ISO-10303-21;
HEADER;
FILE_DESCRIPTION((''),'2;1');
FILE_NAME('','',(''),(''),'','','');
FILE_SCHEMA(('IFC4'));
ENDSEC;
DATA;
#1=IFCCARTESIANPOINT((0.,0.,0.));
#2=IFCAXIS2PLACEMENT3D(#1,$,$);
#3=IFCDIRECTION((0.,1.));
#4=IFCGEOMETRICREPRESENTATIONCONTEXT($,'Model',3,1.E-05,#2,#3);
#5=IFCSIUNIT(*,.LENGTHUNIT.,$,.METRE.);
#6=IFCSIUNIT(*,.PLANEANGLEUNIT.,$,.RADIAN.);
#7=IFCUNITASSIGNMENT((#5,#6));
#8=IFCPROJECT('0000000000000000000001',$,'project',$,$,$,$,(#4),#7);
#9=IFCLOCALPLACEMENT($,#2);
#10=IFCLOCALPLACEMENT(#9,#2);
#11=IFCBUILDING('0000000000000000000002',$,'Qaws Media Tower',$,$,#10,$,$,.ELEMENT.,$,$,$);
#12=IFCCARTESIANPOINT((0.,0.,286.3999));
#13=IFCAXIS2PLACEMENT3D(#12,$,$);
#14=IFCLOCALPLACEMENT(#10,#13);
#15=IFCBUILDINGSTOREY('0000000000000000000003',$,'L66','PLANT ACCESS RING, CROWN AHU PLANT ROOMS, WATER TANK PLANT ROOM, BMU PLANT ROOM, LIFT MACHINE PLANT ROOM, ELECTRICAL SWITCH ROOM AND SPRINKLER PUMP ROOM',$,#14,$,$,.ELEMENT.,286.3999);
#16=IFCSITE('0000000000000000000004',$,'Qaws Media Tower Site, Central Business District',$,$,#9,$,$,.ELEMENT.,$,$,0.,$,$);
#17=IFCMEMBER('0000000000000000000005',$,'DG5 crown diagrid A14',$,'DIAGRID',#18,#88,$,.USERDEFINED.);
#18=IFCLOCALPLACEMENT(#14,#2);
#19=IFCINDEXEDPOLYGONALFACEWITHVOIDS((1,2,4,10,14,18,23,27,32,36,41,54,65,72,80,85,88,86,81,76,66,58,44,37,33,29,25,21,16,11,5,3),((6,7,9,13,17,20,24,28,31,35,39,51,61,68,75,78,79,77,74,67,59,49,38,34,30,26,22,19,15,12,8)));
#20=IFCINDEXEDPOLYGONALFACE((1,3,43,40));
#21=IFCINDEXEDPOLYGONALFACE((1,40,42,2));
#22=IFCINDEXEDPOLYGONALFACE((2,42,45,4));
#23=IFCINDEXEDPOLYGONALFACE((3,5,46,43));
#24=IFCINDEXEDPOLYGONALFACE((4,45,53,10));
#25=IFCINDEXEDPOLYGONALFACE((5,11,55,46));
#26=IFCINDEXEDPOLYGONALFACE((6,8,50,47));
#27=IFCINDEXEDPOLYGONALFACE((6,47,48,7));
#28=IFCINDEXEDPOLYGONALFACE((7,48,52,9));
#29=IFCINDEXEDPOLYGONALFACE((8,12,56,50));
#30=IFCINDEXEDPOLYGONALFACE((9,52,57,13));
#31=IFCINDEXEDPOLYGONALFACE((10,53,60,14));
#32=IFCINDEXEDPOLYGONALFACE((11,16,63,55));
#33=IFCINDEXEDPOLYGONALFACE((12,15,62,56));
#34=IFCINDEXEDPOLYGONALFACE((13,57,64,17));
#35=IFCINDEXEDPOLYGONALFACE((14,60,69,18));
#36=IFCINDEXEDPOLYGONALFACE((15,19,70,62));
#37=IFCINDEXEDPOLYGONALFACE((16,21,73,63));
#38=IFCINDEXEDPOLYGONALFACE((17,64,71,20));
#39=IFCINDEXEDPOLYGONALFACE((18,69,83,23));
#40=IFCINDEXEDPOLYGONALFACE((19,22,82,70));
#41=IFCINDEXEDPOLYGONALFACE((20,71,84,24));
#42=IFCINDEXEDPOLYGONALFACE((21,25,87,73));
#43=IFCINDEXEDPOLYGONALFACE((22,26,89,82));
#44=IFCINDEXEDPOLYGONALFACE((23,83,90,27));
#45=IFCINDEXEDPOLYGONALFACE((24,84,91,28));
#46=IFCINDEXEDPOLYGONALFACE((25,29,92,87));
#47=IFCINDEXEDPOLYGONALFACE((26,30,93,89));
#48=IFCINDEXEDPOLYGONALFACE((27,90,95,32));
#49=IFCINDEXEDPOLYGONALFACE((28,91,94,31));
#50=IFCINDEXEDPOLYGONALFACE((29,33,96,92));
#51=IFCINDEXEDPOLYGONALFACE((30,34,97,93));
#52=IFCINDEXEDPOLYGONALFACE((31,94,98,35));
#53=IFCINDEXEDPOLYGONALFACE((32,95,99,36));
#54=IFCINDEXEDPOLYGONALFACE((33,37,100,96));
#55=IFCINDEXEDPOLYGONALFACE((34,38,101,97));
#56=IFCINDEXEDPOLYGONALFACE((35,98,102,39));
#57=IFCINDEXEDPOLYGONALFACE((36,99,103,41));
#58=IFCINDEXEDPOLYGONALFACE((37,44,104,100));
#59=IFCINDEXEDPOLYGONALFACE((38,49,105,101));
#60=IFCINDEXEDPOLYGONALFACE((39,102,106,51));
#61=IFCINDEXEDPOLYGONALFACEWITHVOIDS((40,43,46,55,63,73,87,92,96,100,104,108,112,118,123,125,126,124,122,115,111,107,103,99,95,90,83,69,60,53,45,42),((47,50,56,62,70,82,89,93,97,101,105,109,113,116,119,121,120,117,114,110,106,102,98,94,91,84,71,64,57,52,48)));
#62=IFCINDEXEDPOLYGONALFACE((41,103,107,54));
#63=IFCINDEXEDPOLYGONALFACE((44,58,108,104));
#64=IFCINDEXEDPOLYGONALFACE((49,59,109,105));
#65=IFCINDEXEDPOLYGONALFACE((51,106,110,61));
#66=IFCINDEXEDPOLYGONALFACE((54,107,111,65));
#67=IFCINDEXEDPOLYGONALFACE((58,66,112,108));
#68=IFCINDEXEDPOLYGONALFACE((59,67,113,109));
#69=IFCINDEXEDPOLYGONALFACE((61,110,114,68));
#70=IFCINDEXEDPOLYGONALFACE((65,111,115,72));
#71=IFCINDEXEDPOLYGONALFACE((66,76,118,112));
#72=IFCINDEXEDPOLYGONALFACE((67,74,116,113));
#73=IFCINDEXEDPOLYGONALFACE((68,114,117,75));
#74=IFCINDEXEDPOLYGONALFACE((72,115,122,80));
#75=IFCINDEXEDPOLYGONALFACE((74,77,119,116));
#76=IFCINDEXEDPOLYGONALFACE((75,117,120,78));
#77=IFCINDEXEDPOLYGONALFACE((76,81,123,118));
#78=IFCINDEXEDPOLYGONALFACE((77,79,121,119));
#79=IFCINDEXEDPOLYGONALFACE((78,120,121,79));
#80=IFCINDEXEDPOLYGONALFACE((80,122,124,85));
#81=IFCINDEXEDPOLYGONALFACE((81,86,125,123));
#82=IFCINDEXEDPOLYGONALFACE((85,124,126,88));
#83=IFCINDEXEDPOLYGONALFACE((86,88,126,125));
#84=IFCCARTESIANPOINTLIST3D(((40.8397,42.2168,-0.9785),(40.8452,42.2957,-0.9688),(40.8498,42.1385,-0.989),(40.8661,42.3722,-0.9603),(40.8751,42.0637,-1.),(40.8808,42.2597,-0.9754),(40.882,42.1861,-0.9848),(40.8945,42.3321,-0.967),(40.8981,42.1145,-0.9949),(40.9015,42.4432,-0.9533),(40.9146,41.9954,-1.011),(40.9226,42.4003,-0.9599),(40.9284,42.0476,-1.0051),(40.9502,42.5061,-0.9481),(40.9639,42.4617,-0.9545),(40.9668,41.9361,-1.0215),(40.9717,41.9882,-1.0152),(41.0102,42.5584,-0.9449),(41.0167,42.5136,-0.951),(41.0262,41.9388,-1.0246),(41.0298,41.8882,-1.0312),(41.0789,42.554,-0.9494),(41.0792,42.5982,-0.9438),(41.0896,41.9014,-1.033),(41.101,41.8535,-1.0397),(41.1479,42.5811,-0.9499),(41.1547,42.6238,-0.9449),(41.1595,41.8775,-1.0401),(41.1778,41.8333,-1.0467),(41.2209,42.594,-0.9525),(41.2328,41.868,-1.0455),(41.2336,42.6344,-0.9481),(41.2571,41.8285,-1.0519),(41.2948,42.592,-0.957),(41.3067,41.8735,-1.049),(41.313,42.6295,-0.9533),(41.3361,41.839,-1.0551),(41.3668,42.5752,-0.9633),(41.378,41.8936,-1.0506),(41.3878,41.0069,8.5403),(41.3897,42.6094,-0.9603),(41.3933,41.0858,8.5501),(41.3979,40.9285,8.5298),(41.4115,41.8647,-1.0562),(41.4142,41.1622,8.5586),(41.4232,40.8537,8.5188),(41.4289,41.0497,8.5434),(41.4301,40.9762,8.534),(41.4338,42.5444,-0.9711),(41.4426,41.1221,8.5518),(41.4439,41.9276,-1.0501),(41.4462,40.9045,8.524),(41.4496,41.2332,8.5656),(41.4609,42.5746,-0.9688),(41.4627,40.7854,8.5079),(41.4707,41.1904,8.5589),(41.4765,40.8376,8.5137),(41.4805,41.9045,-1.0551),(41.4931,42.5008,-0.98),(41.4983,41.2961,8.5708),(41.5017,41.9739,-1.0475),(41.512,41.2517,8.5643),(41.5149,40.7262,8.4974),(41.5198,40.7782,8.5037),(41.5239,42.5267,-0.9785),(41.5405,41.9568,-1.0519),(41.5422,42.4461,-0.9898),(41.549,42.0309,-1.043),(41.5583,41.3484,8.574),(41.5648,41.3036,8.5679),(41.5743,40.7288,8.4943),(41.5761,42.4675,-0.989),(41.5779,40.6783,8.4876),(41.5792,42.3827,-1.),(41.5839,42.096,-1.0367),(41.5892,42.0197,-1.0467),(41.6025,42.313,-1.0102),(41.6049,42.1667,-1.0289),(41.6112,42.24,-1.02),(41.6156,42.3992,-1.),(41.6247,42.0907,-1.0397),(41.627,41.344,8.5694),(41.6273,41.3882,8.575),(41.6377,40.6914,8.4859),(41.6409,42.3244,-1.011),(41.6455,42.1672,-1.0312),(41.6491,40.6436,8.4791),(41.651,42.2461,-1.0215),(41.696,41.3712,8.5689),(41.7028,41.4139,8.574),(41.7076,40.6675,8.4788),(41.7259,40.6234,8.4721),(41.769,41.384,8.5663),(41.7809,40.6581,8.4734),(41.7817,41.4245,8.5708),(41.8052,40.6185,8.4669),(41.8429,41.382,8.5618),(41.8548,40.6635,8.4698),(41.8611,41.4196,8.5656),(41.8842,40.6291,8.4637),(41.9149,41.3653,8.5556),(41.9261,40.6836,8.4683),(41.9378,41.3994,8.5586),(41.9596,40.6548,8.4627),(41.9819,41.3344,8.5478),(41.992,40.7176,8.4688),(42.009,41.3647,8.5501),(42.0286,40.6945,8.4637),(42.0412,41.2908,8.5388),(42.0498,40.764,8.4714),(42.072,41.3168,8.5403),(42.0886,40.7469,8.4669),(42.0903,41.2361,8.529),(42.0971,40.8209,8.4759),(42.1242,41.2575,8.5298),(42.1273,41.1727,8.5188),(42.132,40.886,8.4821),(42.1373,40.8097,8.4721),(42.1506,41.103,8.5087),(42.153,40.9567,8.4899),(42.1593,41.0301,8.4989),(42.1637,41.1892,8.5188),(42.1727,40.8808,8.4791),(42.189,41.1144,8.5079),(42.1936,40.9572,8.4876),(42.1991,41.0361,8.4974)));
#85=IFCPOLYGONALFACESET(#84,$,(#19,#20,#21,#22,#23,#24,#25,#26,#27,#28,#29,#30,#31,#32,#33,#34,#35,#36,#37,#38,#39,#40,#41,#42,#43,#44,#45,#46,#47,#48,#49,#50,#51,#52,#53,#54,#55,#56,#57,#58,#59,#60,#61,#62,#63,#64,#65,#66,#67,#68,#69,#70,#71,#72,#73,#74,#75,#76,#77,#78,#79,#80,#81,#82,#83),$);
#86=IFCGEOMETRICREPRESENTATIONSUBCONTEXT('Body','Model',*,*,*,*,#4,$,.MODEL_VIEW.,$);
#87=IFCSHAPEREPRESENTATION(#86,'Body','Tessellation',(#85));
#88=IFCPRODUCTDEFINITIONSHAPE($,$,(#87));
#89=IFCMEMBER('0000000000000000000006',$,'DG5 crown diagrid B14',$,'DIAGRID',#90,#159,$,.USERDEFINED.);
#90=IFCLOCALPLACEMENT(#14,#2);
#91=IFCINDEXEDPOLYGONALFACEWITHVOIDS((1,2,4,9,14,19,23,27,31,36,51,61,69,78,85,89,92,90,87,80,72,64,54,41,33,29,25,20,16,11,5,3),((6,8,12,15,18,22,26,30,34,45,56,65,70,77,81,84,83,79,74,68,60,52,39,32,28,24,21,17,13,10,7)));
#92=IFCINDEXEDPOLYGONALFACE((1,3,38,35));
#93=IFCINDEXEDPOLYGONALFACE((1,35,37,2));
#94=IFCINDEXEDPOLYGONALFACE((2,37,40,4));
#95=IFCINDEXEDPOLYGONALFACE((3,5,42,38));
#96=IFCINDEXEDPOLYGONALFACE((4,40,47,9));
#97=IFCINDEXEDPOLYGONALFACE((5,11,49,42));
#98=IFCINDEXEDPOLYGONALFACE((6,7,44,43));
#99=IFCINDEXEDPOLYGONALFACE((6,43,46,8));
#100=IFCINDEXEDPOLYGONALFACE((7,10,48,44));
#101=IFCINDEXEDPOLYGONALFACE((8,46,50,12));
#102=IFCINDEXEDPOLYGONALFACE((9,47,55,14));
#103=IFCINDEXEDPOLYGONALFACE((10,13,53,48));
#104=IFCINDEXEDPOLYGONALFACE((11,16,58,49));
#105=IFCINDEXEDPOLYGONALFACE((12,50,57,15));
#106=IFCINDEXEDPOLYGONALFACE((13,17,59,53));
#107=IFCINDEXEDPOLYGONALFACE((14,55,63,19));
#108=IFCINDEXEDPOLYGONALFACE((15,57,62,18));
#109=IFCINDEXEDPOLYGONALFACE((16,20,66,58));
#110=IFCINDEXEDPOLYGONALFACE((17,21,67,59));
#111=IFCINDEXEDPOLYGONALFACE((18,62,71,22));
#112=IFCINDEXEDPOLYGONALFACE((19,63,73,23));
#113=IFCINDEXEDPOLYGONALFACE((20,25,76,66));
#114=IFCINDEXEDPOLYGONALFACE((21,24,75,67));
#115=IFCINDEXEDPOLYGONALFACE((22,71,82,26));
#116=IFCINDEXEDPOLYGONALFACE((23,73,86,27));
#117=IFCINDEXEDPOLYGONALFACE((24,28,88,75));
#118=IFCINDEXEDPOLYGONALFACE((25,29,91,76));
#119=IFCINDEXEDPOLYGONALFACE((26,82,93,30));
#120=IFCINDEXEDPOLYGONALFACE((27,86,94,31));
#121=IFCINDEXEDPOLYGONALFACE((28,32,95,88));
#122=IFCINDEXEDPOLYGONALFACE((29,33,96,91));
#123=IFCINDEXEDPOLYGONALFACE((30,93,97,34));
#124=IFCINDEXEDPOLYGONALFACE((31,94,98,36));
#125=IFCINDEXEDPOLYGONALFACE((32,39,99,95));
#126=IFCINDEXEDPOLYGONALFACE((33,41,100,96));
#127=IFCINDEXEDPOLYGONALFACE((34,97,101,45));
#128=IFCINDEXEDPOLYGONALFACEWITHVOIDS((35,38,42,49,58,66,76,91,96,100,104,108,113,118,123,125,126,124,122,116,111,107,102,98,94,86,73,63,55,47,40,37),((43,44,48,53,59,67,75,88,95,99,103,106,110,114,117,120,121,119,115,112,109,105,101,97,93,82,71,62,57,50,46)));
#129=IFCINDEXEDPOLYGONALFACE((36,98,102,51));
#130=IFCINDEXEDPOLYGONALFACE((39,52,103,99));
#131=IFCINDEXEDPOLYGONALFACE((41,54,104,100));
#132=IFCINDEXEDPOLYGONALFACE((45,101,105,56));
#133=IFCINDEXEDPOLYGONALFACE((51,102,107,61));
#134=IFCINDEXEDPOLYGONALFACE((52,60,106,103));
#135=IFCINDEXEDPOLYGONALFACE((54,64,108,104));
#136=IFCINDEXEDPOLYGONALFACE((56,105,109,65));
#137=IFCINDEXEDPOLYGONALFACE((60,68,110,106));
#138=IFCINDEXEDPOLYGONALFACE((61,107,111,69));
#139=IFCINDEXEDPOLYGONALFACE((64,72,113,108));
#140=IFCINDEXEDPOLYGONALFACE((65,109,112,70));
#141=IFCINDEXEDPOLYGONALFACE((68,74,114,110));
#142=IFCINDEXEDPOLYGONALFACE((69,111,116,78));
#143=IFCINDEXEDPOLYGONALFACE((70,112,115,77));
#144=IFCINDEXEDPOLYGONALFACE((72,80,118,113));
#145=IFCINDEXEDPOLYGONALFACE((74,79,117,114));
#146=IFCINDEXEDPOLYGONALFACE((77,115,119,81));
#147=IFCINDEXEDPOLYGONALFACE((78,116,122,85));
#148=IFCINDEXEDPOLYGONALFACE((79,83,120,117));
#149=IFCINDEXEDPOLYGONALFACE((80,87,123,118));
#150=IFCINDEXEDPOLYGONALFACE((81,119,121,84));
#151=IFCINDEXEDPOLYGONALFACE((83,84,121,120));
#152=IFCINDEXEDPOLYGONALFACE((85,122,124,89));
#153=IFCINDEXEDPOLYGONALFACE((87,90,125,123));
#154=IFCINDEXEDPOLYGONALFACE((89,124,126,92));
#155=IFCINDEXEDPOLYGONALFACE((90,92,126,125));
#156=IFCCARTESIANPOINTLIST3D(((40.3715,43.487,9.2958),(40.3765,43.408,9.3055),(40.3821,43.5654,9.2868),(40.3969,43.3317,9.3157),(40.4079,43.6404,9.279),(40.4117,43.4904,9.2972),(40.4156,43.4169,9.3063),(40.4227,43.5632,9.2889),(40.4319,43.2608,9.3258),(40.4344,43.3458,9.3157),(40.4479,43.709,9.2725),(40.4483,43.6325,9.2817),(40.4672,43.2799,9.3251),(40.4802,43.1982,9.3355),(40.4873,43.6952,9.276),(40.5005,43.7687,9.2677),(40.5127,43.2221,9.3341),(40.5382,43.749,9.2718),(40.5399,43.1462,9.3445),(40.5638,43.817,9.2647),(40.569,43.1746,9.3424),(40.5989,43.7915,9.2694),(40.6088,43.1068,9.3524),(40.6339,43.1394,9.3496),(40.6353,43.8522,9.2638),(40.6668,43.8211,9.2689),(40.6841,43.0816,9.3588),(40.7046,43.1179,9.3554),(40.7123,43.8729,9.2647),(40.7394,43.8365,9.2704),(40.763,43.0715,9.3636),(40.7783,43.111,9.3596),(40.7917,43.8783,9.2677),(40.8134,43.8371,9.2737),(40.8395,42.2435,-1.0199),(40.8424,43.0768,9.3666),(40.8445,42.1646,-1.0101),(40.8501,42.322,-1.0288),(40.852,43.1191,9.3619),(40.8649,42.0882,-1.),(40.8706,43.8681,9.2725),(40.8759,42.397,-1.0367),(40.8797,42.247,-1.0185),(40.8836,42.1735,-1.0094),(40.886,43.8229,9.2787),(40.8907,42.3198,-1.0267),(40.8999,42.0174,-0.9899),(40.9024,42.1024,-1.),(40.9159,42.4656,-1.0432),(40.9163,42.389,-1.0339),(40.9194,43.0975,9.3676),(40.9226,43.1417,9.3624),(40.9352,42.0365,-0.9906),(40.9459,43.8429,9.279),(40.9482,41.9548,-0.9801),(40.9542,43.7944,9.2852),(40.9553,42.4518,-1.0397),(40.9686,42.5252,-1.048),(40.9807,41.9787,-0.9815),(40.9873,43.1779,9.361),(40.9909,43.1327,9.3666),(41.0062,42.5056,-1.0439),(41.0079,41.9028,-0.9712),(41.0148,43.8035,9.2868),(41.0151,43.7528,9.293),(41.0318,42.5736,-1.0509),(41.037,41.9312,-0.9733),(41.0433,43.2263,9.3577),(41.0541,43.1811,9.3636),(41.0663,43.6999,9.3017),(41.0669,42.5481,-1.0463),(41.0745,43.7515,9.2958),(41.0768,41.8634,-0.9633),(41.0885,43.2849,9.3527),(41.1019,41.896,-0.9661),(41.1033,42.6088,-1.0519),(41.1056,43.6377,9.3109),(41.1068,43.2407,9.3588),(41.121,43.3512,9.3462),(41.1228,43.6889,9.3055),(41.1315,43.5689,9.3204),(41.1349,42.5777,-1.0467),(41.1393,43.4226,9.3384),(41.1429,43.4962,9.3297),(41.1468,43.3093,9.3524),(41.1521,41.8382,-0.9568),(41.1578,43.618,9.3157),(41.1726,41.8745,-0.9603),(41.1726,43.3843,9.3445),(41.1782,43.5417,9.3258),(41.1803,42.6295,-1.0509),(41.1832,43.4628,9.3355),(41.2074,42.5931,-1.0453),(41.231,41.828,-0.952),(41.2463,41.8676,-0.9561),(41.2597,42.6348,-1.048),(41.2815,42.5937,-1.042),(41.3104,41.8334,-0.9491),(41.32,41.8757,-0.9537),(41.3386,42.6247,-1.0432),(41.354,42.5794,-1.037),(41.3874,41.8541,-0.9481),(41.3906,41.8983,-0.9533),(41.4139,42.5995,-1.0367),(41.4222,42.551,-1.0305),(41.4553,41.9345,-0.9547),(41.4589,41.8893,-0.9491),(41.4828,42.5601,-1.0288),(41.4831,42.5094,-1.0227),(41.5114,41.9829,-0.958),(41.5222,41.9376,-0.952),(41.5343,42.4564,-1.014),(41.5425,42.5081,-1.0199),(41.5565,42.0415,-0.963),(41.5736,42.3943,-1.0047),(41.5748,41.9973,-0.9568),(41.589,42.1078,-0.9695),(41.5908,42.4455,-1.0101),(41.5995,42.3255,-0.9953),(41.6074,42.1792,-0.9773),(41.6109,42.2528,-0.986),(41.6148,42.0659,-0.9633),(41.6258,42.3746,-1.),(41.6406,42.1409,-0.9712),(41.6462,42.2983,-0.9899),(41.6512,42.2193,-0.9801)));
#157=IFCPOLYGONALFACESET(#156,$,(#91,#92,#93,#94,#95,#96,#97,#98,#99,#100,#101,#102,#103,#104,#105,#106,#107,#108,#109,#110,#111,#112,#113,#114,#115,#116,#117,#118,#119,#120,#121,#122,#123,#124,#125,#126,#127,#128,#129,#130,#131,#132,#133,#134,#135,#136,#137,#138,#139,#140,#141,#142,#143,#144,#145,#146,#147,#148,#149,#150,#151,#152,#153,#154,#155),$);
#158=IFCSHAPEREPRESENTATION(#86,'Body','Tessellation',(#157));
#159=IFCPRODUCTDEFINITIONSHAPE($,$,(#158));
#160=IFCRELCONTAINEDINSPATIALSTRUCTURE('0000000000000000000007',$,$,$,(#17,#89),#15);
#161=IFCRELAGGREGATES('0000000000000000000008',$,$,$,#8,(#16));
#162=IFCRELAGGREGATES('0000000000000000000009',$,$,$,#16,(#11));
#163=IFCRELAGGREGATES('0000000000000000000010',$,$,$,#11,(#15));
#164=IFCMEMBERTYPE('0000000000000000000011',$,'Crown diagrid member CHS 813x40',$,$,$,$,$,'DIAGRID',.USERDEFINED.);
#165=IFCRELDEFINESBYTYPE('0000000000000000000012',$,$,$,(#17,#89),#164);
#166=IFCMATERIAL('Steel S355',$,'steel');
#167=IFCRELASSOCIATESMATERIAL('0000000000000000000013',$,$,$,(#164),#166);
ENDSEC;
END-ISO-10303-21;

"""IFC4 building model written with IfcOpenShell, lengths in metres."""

from ifc_helpers import new_model, si_unit, direction, frame, origin, origin_2d, place, context, subcontext, project, spatial, hollow_circle, extrude, material, material_profile, profile_set, type_object, element, save


model = new_model("IFC4")

# Units and contexts
model_context = context("Model", 3, precision=1e-05, world=origin(), true_north=direction((0.0, 1.0)))
body_context = subcontext(model_context, "Body", "Model", "MODEL_VIEW")
ifc_project = project(units=[si_unit("LENGTHUNIT", "METRE"), si_unit("PLANEANGLEUNIT", "RADIAN")], contexts=[model_context])

# Site, building, storey
site_placement = place(None, origin())
site = spatial("IfcSite", under=ifc_project, at=site_placement, Name="Qaws Media Tower Site, Central Business District", CompositionType="ELEMENT", RefElevation=0.0)
building_placement = place(site_placement, origin())
building = spatial("IfcBuilding", under=site, at=building_placement, Name="Qaws Media Tower", CompositionType="ELEMENT")
storey_placement = place(building_placement, frame((0.0, 0.0, 286.3999)))
storey = spatial("IfcBuildingStorey", under=building, at=storey_placement, Name="L66", Description="PLANT ACCESS RING, CROWN AHU PLANT ROOMS, WATER TANK PLANT ROOM, BMU PLANT ROOM, LIFT MACHINE PLANT ROOM, ELECTRICAL SWITCH ROOM AND SPRINKLER PUMP ROOM", CompositionType="ELEMENT", Elevation=286.3999)

# Members
ifc_material_1 = material(Name="Steel S355", Category="steel")
ifc_material_profile_1 = material_profile(ifc_material_1, hollow_circle(Radius=0.4065, WallThickness=0.04, at=origin_2d()), Name="CHS 813x40")
ifc_profile_set_1 = profile_set([ifc_material_profile_1], Name="Steel S355")
member_type = type_object("IfcMemberType", Name="Crown diagrid member CHS 813x40", ElementType="DIAGRID", PredefinedType="USERDEFINED", material=ifc_profile_set_1)
member_1_placement = place(storey_placement, frame((41.2454, 42.2314, -1.0), z_axis=(0.057028, -0.125893, 0.990403), x_axis=(0.910901, 0.412626, 0.0)))
element("IfcMember", 1, at=member_1_placement, inside=storey, type_object=member_type, Name="DG5 crown diagrid A14", ObjectType="DIAGRID", PredefinedType="USERDEFINED", context=body_context, shape_type="SweptSolid", body=[
    extrude(hollow_circle(Radius=0.4065, WallThickness=0.04, at=origin_2d()), origin(), (0.0, 0.0, 1.0), 9.6111),
])
member_2_placement = place(storey_placement, frame((41.2454, 42.2314, -1.0), z_axis=(-0.044998, 0.119548, 0.991808), x_axis=(-0.935898, -0.352271, 0.0)))
element("IfcMember", 2, at=member_2_placement, inside=storey, type_object=member_type, Name="DG5 crown diagrid B14", ObjectType="DIAGRID", PredefinedType="USERDEFINED", context=body_context, shape_type="SweptSolid", body=[
    extrude(hollow_circle(Radius=0.4065, WallThickness=0.04, at=origin_2d()), origin(), (0.0, 0.0, 1.0), 10.4009),
])

save(model, "model.ifc")
